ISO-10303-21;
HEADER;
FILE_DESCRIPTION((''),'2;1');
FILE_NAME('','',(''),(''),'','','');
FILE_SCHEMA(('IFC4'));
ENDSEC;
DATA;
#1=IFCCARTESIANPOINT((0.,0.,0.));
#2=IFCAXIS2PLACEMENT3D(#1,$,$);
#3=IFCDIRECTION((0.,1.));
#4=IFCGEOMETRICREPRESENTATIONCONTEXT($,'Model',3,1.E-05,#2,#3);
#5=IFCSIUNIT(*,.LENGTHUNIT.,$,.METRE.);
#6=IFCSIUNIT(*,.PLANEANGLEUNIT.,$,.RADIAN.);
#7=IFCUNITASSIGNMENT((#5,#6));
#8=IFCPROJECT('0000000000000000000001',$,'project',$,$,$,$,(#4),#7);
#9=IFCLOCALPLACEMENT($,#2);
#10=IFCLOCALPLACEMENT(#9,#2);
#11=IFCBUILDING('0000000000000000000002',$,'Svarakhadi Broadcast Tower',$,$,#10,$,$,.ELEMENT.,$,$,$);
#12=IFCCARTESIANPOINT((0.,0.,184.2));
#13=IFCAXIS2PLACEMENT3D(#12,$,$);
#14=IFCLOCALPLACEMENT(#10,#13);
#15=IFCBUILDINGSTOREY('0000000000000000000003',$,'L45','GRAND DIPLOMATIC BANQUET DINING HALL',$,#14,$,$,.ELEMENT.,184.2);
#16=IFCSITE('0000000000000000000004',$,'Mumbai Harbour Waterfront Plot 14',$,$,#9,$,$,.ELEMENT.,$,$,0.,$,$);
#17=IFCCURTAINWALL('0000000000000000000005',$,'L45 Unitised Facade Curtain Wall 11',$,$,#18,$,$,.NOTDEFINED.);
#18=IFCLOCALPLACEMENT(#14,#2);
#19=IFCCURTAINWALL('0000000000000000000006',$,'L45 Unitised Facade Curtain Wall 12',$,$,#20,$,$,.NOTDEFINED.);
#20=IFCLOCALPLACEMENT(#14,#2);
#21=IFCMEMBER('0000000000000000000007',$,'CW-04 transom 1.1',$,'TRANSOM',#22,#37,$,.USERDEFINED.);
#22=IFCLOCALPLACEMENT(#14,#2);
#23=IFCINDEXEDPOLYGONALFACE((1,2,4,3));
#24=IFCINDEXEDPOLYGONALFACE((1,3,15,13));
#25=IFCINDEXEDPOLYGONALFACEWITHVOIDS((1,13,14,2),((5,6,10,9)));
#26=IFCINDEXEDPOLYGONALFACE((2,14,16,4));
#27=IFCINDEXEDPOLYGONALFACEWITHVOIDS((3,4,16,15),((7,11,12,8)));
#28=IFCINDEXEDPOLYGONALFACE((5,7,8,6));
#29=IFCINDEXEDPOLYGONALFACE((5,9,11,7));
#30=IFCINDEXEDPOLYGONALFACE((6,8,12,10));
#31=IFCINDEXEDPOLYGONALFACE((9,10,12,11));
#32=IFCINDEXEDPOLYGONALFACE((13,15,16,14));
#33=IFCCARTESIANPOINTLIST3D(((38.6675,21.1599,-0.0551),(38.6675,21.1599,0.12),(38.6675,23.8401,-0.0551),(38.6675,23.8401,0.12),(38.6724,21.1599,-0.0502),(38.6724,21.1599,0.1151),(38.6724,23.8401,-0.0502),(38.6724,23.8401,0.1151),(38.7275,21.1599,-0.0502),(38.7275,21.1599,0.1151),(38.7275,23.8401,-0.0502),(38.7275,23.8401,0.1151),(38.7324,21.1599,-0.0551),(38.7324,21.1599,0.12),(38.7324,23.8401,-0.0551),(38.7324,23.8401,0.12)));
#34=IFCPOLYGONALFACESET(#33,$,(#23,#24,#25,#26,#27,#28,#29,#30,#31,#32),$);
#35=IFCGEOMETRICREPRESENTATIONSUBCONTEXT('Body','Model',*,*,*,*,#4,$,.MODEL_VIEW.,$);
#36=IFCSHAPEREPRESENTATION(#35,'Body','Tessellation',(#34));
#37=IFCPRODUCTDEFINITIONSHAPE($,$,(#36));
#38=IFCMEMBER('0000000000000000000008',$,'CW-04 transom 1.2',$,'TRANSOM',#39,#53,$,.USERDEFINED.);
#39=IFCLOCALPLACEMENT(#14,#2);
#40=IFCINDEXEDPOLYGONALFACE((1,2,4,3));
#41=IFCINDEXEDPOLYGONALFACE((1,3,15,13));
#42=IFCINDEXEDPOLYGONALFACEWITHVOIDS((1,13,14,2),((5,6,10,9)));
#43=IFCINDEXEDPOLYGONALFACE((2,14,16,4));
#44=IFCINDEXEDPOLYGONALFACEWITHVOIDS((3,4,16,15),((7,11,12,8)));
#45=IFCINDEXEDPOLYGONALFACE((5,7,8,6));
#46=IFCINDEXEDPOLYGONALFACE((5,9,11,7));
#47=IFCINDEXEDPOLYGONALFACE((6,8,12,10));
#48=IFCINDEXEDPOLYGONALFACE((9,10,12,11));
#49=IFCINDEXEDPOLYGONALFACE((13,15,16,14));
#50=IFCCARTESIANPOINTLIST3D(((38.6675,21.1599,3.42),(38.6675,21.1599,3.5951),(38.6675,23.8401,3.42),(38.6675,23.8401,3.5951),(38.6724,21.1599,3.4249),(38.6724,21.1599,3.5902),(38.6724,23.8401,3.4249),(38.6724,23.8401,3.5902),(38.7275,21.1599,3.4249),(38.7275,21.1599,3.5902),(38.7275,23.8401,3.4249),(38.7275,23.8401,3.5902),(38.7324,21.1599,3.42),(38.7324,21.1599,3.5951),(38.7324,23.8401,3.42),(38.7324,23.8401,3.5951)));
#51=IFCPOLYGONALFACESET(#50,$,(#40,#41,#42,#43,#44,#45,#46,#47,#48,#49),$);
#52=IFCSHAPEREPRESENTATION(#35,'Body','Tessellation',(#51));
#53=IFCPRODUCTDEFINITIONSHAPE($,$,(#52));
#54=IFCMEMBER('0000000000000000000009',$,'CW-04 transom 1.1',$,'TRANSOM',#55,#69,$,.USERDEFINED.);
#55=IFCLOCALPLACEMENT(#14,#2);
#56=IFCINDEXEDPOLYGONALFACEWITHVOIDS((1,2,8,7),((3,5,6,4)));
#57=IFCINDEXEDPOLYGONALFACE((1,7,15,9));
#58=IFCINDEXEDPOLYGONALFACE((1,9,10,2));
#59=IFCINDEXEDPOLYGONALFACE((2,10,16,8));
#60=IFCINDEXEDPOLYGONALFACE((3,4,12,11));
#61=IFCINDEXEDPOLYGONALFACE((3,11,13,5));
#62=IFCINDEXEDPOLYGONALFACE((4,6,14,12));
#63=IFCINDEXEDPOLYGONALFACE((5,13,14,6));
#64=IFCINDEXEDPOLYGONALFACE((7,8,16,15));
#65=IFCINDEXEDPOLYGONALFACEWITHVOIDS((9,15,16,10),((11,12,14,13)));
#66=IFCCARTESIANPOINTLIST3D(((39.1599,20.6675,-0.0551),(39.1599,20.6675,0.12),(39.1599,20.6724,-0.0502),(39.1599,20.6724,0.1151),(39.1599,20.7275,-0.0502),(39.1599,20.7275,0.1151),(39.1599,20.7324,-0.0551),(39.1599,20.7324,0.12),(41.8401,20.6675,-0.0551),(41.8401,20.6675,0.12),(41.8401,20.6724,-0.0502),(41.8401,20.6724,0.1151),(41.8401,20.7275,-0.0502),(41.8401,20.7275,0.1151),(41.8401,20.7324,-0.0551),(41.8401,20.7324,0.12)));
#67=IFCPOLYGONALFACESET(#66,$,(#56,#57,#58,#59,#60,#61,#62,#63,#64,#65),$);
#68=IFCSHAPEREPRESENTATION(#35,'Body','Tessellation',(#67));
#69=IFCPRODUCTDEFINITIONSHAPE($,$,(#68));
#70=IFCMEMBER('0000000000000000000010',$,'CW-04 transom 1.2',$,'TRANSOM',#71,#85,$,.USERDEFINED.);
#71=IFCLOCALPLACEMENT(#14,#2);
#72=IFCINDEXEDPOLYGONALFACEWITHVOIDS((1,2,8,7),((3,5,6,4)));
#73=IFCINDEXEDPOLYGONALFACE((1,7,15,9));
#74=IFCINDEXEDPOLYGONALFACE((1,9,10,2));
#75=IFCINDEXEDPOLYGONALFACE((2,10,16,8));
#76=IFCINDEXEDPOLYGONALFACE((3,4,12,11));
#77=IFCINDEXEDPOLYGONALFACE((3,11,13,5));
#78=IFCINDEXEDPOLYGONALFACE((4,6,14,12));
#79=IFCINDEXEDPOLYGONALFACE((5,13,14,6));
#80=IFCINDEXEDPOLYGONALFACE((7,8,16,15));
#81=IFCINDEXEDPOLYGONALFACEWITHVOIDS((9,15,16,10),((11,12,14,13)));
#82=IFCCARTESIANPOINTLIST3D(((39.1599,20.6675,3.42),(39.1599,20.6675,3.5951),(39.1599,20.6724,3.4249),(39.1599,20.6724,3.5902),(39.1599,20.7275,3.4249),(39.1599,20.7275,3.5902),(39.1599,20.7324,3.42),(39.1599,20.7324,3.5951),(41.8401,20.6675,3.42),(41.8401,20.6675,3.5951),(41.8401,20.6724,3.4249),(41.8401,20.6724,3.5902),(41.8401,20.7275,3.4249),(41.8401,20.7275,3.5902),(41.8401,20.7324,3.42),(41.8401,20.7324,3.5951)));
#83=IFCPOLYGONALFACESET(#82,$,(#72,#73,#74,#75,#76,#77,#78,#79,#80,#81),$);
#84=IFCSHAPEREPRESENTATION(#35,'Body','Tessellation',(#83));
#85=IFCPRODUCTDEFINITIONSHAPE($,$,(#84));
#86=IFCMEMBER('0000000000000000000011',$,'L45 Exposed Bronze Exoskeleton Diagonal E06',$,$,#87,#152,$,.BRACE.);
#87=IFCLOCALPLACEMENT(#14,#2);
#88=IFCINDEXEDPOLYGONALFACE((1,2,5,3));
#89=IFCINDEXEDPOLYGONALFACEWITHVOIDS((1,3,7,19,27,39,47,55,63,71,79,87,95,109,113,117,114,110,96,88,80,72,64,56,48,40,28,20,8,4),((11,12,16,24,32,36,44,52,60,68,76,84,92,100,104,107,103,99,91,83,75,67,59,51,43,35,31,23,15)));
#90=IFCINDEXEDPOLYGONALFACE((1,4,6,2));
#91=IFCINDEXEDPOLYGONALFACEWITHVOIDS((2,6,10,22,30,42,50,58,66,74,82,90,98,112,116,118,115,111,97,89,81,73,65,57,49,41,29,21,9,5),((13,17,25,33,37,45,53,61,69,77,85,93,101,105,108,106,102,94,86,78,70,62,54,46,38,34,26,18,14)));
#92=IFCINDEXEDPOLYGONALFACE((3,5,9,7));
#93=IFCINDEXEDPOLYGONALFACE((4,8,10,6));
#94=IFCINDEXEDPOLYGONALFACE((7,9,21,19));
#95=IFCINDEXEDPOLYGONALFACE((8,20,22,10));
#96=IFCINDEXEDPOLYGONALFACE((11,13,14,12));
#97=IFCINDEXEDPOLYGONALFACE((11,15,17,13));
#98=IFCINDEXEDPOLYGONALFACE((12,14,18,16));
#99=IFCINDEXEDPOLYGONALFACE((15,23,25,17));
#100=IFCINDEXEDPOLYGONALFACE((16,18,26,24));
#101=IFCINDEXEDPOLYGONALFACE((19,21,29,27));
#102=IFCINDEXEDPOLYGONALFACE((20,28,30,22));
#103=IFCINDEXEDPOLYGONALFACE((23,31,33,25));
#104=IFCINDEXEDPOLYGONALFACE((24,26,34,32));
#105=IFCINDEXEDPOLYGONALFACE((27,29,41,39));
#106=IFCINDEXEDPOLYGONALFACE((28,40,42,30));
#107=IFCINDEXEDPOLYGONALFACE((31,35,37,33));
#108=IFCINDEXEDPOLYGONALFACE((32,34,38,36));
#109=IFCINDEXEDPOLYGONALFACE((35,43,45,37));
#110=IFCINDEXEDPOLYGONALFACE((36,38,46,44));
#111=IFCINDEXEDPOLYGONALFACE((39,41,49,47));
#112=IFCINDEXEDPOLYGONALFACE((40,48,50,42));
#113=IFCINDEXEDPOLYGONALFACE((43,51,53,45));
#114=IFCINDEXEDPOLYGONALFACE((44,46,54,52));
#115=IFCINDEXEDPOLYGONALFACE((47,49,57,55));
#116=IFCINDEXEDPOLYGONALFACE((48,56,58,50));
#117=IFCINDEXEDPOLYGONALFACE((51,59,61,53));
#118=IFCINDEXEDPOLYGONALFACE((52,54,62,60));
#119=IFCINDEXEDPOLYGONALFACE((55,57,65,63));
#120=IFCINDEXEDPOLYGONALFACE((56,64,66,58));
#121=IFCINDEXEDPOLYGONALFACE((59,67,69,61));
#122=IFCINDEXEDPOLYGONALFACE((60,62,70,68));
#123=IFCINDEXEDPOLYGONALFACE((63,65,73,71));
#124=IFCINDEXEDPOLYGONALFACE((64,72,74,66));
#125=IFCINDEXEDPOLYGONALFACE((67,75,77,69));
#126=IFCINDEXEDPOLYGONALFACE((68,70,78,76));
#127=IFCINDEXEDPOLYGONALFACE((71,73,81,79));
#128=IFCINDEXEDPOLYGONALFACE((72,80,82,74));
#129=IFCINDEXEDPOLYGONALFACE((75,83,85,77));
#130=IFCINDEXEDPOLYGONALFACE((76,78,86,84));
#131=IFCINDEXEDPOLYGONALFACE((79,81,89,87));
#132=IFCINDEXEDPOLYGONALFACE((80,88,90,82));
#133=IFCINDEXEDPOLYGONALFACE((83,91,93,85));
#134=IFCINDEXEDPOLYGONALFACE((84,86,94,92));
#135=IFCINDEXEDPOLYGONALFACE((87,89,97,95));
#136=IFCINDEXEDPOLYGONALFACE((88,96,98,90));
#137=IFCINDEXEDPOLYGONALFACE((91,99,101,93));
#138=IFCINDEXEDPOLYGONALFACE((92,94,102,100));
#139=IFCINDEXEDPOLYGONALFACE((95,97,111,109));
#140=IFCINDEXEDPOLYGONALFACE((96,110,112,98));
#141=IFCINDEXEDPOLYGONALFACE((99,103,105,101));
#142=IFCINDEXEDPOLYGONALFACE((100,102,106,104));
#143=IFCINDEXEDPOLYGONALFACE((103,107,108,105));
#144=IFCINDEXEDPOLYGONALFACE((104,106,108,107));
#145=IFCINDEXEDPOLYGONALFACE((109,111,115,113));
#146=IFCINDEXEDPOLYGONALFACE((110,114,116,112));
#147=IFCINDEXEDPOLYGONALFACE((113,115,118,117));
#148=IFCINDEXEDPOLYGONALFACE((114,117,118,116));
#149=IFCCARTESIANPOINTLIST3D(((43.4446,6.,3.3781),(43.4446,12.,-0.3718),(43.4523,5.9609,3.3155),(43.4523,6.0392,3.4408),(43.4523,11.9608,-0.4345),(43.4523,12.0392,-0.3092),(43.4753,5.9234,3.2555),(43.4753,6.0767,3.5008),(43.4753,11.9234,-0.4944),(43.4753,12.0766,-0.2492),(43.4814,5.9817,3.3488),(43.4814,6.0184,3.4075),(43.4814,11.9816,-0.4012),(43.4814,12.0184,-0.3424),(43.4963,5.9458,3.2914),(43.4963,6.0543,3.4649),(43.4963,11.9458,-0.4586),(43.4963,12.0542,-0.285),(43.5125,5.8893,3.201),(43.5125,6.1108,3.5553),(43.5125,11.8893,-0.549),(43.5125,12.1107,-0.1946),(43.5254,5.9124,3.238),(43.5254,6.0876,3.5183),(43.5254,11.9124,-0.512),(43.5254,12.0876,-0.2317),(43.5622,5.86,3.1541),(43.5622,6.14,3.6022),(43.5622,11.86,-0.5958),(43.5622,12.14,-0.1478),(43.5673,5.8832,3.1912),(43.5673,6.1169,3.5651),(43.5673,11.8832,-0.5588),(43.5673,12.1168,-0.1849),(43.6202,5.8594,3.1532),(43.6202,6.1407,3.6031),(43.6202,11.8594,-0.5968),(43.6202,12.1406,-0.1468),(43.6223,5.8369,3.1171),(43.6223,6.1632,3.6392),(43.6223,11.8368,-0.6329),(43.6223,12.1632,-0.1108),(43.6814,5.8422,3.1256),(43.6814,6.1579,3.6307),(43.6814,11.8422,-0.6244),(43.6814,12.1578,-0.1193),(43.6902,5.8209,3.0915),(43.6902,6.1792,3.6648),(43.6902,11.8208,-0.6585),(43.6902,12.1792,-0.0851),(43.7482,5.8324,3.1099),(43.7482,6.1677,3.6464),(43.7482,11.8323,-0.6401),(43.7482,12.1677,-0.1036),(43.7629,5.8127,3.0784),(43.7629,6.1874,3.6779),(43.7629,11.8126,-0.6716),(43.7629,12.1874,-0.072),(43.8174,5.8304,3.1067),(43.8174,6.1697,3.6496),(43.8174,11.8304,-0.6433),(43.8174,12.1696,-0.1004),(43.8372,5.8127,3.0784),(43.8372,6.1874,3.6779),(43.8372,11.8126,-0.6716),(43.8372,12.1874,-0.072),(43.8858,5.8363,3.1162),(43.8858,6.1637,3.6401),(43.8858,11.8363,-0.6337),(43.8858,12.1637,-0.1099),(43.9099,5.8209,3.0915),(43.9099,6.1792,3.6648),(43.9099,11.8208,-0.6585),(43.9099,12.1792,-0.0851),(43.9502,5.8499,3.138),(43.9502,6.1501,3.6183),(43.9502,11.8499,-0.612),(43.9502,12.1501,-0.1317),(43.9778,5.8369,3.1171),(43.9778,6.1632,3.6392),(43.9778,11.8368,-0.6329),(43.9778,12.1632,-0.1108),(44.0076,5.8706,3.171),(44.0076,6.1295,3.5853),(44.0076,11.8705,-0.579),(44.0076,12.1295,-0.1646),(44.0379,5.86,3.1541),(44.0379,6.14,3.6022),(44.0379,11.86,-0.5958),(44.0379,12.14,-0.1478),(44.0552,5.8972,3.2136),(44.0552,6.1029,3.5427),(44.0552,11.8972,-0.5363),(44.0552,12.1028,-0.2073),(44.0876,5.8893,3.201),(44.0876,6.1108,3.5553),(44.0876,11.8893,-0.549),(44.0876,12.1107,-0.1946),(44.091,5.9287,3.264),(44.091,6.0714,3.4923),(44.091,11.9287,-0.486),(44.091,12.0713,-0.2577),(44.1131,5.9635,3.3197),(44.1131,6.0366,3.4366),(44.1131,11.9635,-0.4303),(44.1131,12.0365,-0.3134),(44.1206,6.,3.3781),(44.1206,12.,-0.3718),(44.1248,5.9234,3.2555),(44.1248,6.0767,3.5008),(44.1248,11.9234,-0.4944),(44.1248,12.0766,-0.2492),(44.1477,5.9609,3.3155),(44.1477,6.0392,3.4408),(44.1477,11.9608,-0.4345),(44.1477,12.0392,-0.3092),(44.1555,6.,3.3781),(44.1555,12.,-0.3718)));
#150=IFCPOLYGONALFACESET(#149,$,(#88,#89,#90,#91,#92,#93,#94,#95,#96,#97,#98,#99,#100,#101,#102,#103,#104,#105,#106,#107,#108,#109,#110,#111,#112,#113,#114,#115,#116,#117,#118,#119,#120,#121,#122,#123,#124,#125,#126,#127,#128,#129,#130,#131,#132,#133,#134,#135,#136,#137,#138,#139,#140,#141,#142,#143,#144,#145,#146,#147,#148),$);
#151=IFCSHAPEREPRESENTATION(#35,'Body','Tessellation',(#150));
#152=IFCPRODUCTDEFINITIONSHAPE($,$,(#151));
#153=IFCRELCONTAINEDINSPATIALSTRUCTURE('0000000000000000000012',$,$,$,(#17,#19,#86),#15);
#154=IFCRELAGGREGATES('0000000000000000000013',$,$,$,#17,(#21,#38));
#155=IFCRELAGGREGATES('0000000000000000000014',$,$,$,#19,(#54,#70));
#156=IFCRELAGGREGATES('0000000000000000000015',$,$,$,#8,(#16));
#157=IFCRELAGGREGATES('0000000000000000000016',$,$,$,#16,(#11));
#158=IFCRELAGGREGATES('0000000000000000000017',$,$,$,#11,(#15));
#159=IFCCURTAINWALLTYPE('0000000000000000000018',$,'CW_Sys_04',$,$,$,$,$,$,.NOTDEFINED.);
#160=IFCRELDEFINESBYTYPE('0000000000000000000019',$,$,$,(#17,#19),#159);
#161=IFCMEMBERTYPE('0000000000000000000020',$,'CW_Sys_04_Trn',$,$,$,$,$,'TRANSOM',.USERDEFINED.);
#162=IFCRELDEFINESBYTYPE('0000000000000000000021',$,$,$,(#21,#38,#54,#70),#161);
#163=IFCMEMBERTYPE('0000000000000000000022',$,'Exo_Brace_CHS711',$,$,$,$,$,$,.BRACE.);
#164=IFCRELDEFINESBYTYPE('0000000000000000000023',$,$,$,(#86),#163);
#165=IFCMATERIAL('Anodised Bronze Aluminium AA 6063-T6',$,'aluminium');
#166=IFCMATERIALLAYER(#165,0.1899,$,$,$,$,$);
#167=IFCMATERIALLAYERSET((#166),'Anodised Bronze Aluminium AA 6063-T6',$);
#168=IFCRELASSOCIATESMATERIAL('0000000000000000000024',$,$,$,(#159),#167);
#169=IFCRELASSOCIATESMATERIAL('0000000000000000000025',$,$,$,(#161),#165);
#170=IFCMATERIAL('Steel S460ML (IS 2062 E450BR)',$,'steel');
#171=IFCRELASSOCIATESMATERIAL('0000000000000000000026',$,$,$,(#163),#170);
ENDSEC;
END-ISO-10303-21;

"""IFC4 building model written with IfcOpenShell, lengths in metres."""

from ifc_helpers import new_model, si_unit, direction, frame, origin, origin_2d, place, context, subcontext, project, spatial, hollow_rectangle, hollow_circle, extrude, material, layer, layer_set, material_profile, profile_set, type_object, element, aggregate, save


model = new_model("IFC4")

# Units and contexts
model_context = context("Model", 3, precision=1e-05, world=origin(), true_north=direction((0.0, 1.0)))
body_context = subcontext(model_context, "Body", "Model", "MODEL_VIEW")
ifc_project = project(units=[si_unit("LENGTHUNIT", "METRE"), si_unit("PLANEANGLEUNIT", "RADIAN")], contexts=[model_context])

# Site, building, storey
site_placement = place(None, origin())
site = spatial("IfcSite", under=ifc_project, at=site_placement, Name="Mumbai Harbour Waterfront Plot 14", CompositionType="ELEMENT", RefElevation=0.0)
building_placement = place(site_placement, origin())
building = spatial("IfcBuilding", under=site, at=building_placement, Name="Svarakhadi Broadcast Tower", CompositionType="ELEMENT")
storey_placement = place(building_placement, frame((0.0, 0.0, 184.2)))
storey = spatial("IfcBuildingStorey", under=building, at=storey_placement, Name="L45", Description="GRAND DIPLOMATIC BANQUET DINING HALL", CompositionType="ELEMENT", Elevation=184.2)

# Shared definitions
ifc_material_1 = material(Name="Steel S460ML (IS 2062 E450BR)", Category="steel")

# Shared definitions
ifc_material_2 = material(Name="Anodised Bronze Aluminium AA 6063-T6", Category="aluminium")
ifc_layer_1 = layer(ifc_material_2, 0.1899)
ifc_layer_set_1 = layer_set([ifc_layer_1], Name="Anodised Bronze Aluminium AA 6063-T6")
curtain_wall_type = type_object("IfcCurtainWallType", Name="CW_Sys_04", PredefinedType="NOTDEFINED", material=ifc_layer_set_1)

# Curtain walls
curtain_wall_1_placement = place(storey_placement, origin())
curtain_wall_1 = element("IfcCurtainWall", 1, at=curtain_wall_1_placement, inside=storey, type_object=curtain_wall_type, Name="L45 Unitised Facade Curtain Wall 11", PredefinedType="NOTDEFINED")
curtain_wall_2_placement = place(storey_placement, origin())
curtain_wall_2 = element("IfcCurtainWall", 2, at=curtain_wall_2_placement, inside=storey, type_object=curtain_wall_type, Name="L45 Unitised Facade Curtain Wall 12", PredefinedType="NOTDEFINED")

# Members
ifc_material_profile_1 = material_profile(ifc_material_2, hollow_rectangle(XDim=0.0649, YDim=0.175, WallThickness=0.0049, at=origin_2d()), Name="ALU TRANSOM 175x65x5")
ifc_profile_set_1 = profile_set([ifc_material_profile_1], Name="Anodised Bronze Aluminium AA 6063-T6")
member_type_1 = type_object("IfcMemberType", Name="CW_Sys_04_Trn", ElementType="TRANSOM", PredefinedType="USERDEFINED", material=ifc_profile_set_1)
member_1_placement = place(storey_placement, frame((38.7, 23.8401, 0.0325), z_axis=(0.0, -1.0, 0.0), x_axis=(1.0, 0.0, 0.0)))
member_1 = element("IfcMember", 3, at=member_1_placement, type_object=member_type_1, Name="CW-04 transom 1.1", ObjectType="TRANSOM", PredefinedType="USERDEFINED", context=body_context, shape_type="SweptSolid", body=[
    extrude(hollow_rectangle(XDim=0.0649, YDim=0.175, WallThickness=0.0049, at=origin_2d()), origin(), (0.0, 0.0, 1.0), 2.6802),
])
member_2_placement = place(storey_placement, frame((38.7, 23.8401, 3.5076), z_axis=(0.0, -1.0, 0.0), x_axis=(1.0, 0.0, 0.0)))
member_2 = element("IfcMember", 4, at=member_2_placement, type_object=member_type_1, Name="CW-04 transom 1.2", ObjectType="TRANSOM", PredefinedType="USERDEFINED", context=body_context, shape_type="SweptSolid", body=[
    extrude(hollow_rectangle(XDim=0.0649, YDim=0.175, WallThickness=0.0049, at=origin_2d()), origin(), (0.0, 0.0, 1.0), 2.6802),
])
member_3_placement = place(storey_placement, frame((39.1599, 20.7, 0.0325), z_axis=(1.0, 0.0, 0.0), x_axis=(0.0, 1.0, 0.0)))
member_3 = element("IfcMember", 5, at=member_3_placement, type_object=member_type_1, Name="CW-04 transom 1.1", ObjectType="TRANSOM", PredefinedType="USERDEFINED", context=body_context, shape_type="SweptSolid", body=[
    extrude(hollow_rectangle(XDim=0.0649, YDim=0.175, WallThickness=0.0049, at=origin_2d()), origin(), (0.0, 0.0, 1.0), 2.6802),
])
member_4_placement = place(storey_placement, frame((39.1599, 20.7, 3.5076), z_axis=(1.0, 0.0, 0.0), x_axis=(0.0, 1.0, 0.0)))
member_4 = element("IfcMember", 6, at=member_4_placement, type_object=member_type_1, Name="CW-04 transom 1.2", ObjectType="TRANSOM", PredefinedType="USERDEFINED", context=body_context, shape_type="SweptSolid", body=[
    extrude(hollow_rectangle(XDim=0.0649, YDim=0.175, WallThickness=0.0049, at=origin_2d()), origin(), (0.0, 0.0, 1.0), 2.6802),
])

# Member
ifc_material_profile_2 = material_profile(ifc_material_1, hollow_circle(Radius=0.3555, WallThickness=0.0349, at=origin_2d()), Name="CHS 711x35")
ifc_profile_set_2 = profile_set([ifc_material_profile_2], Name="Steel S460ML (IS 2062 E450BR)")
member_type_2 = type_object("IfcMemberType", Name="Exo_Brace_CHS711", PredefinedType="BRACE", material=ifc_profile_set_2)
for number, where, z_axis, x_axis, name in (
    (7, (43.8, 12.0, -0.3718), (0.0, -0.847998, 0.529999), (1.0, 0.0, 0.0), "L45 Exposed Bronze Exoskeleton Diagonal E06"),
):
    element("IfcMember", number, at=place(storey_placement, frame(where, z_axis=z_axis, x_axis=x_axis)), inside=storey, type_object=member_type_2, Name=name, PredefinedType="BRACE", context=body_context, shape_type="SweptSolid", body=[
        extrude(hollow_circle(Radius=0.3555, WallThickness=0.0349, at=origin_2d()), origin(), (0.0, 0.0, 1.0), 7.0754),
    ])

aggregate(curtain_wall_1, [member_1, member_2])
aggregate(curtain_wall_2, [member_3, member_4])

save(model, "model.ifc")
